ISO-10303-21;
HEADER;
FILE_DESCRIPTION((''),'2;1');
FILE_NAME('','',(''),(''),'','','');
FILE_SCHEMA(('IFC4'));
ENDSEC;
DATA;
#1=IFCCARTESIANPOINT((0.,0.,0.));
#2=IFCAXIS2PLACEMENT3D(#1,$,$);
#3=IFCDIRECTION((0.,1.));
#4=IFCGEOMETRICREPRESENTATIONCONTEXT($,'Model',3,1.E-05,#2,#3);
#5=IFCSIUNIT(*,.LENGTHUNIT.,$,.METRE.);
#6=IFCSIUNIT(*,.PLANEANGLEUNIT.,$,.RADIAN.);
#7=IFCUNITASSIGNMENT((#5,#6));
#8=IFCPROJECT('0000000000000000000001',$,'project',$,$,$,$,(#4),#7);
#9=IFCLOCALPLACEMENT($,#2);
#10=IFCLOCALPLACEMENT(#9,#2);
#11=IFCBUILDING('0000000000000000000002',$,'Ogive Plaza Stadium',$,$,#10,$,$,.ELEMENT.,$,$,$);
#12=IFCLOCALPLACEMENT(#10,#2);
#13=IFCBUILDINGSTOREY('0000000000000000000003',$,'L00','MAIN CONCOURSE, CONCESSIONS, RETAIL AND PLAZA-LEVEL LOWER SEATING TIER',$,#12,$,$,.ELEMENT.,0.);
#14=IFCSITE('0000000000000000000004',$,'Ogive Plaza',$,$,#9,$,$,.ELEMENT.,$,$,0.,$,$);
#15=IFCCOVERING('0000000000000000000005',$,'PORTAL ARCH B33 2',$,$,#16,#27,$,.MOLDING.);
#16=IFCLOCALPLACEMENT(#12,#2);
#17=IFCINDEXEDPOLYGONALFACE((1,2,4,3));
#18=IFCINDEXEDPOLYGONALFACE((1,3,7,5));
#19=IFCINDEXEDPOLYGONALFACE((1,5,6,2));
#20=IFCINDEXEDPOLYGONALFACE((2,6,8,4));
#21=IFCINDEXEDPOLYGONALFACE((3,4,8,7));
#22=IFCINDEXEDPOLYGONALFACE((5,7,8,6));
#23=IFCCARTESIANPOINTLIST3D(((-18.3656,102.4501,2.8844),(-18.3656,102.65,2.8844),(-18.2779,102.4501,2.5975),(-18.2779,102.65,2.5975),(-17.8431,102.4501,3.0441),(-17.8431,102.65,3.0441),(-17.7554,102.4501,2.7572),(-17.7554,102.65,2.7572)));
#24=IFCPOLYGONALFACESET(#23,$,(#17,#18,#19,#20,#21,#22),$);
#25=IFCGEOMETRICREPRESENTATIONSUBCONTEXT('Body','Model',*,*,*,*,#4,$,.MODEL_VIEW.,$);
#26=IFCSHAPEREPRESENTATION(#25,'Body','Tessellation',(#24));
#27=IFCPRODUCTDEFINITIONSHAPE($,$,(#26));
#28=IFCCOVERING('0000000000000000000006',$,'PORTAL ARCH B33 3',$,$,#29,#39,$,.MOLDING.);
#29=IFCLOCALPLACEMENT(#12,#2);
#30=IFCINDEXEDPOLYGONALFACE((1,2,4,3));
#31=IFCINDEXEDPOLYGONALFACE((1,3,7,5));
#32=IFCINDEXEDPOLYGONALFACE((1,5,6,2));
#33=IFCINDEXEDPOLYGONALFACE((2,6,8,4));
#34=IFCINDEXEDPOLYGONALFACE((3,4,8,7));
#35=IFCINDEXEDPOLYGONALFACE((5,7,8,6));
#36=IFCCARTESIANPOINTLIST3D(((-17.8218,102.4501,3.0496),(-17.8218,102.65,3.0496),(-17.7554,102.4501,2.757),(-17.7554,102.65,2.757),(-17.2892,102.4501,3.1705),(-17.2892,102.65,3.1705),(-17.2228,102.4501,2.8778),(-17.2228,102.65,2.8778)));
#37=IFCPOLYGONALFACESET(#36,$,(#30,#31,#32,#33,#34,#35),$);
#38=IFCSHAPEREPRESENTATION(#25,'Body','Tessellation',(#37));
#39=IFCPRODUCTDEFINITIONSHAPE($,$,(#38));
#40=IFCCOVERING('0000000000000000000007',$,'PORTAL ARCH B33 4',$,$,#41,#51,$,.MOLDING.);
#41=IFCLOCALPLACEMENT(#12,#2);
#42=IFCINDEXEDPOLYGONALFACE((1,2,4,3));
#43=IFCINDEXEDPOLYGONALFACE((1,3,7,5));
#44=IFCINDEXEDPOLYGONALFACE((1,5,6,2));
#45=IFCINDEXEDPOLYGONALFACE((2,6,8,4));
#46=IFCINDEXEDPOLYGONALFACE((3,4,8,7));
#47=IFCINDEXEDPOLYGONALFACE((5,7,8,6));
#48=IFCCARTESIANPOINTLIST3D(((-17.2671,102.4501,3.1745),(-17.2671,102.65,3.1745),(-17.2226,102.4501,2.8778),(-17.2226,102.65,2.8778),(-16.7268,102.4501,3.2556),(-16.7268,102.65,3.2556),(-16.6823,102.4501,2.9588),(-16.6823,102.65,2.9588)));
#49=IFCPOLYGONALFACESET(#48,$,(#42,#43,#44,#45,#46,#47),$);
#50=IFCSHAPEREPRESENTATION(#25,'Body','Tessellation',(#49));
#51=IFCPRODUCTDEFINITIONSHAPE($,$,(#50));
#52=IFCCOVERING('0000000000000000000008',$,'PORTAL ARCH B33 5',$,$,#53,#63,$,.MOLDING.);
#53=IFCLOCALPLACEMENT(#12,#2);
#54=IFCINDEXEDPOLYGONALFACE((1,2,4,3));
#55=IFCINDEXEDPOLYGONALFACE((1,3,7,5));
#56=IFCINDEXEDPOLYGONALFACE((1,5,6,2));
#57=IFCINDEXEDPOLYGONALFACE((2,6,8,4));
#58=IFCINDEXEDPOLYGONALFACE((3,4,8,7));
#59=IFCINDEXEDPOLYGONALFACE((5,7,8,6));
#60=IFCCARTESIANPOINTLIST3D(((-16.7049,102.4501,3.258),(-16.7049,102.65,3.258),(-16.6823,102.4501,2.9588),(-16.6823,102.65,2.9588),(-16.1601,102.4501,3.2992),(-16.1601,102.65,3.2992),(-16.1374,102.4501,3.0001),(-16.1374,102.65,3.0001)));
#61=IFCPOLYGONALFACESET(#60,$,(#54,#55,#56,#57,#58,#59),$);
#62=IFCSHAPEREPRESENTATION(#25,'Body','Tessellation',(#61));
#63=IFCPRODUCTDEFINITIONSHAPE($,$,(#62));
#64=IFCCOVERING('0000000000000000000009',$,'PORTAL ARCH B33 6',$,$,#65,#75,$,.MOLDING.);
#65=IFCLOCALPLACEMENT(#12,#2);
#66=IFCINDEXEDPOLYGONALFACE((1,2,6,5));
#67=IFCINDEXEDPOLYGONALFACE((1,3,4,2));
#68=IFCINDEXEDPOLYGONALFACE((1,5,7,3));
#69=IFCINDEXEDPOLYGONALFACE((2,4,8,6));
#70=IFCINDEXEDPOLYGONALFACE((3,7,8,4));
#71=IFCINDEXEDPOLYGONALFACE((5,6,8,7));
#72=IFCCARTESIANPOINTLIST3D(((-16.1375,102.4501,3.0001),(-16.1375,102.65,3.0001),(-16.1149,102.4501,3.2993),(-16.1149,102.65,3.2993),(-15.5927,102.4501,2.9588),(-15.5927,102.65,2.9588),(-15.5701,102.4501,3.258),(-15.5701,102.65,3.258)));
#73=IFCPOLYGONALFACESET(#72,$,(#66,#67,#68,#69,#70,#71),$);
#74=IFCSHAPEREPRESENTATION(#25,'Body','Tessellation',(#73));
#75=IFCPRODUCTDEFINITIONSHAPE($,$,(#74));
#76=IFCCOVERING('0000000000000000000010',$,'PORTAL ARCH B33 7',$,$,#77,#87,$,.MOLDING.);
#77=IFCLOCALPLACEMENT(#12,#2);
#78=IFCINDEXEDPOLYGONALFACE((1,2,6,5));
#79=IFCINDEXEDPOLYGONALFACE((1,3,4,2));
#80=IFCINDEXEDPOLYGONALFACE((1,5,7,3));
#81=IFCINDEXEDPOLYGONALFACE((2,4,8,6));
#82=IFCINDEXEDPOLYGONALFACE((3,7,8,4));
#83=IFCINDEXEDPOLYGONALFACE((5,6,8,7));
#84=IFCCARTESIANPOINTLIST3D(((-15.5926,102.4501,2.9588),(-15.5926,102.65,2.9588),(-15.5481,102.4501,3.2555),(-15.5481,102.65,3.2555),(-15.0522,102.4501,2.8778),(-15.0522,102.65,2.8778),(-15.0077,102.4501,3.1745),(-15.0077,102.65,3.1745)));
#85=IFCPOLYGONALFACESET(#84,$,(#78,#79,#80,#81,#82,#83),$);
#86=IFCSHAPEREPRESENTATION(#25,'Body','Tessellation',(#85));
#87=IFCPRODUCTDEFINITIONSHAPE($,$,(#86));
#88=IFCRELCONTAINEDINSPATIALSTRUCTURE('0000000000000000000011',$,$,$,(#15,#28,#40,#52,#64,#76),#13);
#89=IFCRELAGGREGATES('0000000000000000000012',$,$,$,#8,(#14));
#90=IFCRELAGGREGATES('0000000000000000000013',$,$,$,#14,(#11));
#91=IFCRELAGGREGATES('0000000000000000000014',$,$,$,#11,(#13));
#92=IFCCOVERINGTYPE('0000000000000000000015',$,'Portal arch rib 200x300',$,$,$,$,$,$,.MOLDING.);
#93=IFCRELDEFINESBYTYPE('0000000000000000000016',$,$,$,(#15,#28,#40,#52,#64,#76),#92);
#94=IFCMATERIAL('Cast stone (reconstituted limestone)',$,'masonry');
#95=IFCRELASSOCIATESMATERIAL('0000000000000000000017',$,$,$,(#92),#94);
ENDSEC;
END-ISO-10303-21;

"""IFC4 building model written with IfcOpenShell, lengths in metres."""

from ifc_helpers import new_model, si_unit, direction, frame, origin, origin_2d, place, context, subcontext, project, spatial, rectangle, extrude, material, material_profile, profile_set, type_object, element, save


model = new_model("IFC4")

# Units and contexts
model_context = context("Model", 3, precision=1e-05, world=origin(), true_north=direction((0.0, 1.0)))
body_context = subcontext(model_context, "Body", "Model", "MODEL_VIEW")
ifc_project = project(units=[si_unit("LENGTHUNIT", "METRE"), si_unit("PLANEANGLEUNIT", "RADIAN")], contexts=[model_context])

# Site, building, storey
site_placement = place(None, origin())
site = spatial("IfcSite", under=ifc_project, at=site_placement, Name="Ogive Plaza", CompositionType="ELEMENT", RefElevation=0.0)
building_placement = place(site_placement, origin())
building = spatial("IfcBuilding", under=site, at=building_placement, Name="Ogive Plaza Stadium", CompositionType="ELEMENT")
storey_placement = place(building_placement, origin())
storey = spatial("IfcBuildingStorey", under=building, at=storey_placement, Name="L00", Description="MAIN CONCOURSE, CONCESSIONS, RETAIL AND PLAZA-LEVEL LOWER SEATING TIER", CompositionType="ELEMENT", Elevation=0.0)

# Coverings
ifc_material_1 = material(Name="Cast stone (reconstituted limestone)", Category="masonry")
ifc_material_profile_1 = material_profile(ifc_material_1, rectangle(XDim=0.2, YDim=0.3, at=origin_2d()), Name="Cast stone 200x300")
ifc_profile_set_1 = profile_set([ifc_material_profile_1], Name="Cast stone (reconstituted limestone)")
covering_type = type_object("IfcCoveringType", Name="Portal arch rib 200x300", PredefinedType="MOLDING", material=ifc_profile_set_1)
for number, where, z_axis, x_axis, name in (
    (1, (-18.3218, 102.55, 2.741), (0.956338, 0.0, 0.292264), (0.0, 1.0, 0.0), "PORTAL ARCH B33 2"),
):
    element("IfcCovering", number, at=place(storey_placement, frame(where, z_axis=z_axis, x_axis=x_axis)), inside=storey, type_object=covering_type, Name=name, PredefinedType="MOLDING", context=body_context, shape_type="SweptSolid", body=[
        extrude(rectangle(XDim=0.2, YDim=0.3, at=origin_2d()), origin(), (0.0, 0.0, 1.0), 0.5464),
    ])
covering_1_placement = place(storey_placement, frame((-17.7886, 102.55, 2.9033), z_axis=(0.975221, 0.0, 0.221235), x_axis=(0.0, 1.0, 0.0)))
element("IfcCovering", 2, at=covering_1_placement, inside=storey, type_object=covering_type, Name="PORTAL ARCH B33 3", PredefinedType="MOLDING", context=body_context, shape_type="SweptSolid", body=[
    extrude(rectangle(XDim=0.2, YDim=0.3, at=origin_2d()), origin(), (0.0, 0.0, 1.0), 0.5461),
])
for number, where, z_axis, x_axis, name in (
    (3, (-17.2449, 102.55, 3.0261), (0.988933, 0.0, 0.148362), (0.0, 1.0, 0.0), "PORTAL ARCH B33 4"),
    (4, (-16.6936, 102.55, 3.1084), (0.997146, 0.0, 0.075501), (0.0, 1.0, 0.0), "PORTAL ARCH B33 5"),
    (5, (-16.1262, 102.55, 3.1497), (0.997146, 0.0, -0.075501), (0.0, 1.0, 0.0), "PORTAL ARCH B33 6"),
    (6, (-15.5703, 102.55, 3.1072), (0.988933, 0.0, -0.148362), (0.0, 1.0, 0.0), "PORTAL ARCH B33 7"),
):
    element("IfcCovering", number, at=place(storey_placement, frame(where, z_axis=z_axis, x_axis=x_axis)), inside=storey, type_object=covering_type, Name=name, PredefinedType="MOLDING", context=body_context, shape_type="SweptSolid", body=[
        extrude(rectangle(XDim=0.2, YDim=0.3, at=origin_2d()), origin(), (0.0, 0.0, 1.0), 0.5464),
    ])

save(model, "model.ifc")
